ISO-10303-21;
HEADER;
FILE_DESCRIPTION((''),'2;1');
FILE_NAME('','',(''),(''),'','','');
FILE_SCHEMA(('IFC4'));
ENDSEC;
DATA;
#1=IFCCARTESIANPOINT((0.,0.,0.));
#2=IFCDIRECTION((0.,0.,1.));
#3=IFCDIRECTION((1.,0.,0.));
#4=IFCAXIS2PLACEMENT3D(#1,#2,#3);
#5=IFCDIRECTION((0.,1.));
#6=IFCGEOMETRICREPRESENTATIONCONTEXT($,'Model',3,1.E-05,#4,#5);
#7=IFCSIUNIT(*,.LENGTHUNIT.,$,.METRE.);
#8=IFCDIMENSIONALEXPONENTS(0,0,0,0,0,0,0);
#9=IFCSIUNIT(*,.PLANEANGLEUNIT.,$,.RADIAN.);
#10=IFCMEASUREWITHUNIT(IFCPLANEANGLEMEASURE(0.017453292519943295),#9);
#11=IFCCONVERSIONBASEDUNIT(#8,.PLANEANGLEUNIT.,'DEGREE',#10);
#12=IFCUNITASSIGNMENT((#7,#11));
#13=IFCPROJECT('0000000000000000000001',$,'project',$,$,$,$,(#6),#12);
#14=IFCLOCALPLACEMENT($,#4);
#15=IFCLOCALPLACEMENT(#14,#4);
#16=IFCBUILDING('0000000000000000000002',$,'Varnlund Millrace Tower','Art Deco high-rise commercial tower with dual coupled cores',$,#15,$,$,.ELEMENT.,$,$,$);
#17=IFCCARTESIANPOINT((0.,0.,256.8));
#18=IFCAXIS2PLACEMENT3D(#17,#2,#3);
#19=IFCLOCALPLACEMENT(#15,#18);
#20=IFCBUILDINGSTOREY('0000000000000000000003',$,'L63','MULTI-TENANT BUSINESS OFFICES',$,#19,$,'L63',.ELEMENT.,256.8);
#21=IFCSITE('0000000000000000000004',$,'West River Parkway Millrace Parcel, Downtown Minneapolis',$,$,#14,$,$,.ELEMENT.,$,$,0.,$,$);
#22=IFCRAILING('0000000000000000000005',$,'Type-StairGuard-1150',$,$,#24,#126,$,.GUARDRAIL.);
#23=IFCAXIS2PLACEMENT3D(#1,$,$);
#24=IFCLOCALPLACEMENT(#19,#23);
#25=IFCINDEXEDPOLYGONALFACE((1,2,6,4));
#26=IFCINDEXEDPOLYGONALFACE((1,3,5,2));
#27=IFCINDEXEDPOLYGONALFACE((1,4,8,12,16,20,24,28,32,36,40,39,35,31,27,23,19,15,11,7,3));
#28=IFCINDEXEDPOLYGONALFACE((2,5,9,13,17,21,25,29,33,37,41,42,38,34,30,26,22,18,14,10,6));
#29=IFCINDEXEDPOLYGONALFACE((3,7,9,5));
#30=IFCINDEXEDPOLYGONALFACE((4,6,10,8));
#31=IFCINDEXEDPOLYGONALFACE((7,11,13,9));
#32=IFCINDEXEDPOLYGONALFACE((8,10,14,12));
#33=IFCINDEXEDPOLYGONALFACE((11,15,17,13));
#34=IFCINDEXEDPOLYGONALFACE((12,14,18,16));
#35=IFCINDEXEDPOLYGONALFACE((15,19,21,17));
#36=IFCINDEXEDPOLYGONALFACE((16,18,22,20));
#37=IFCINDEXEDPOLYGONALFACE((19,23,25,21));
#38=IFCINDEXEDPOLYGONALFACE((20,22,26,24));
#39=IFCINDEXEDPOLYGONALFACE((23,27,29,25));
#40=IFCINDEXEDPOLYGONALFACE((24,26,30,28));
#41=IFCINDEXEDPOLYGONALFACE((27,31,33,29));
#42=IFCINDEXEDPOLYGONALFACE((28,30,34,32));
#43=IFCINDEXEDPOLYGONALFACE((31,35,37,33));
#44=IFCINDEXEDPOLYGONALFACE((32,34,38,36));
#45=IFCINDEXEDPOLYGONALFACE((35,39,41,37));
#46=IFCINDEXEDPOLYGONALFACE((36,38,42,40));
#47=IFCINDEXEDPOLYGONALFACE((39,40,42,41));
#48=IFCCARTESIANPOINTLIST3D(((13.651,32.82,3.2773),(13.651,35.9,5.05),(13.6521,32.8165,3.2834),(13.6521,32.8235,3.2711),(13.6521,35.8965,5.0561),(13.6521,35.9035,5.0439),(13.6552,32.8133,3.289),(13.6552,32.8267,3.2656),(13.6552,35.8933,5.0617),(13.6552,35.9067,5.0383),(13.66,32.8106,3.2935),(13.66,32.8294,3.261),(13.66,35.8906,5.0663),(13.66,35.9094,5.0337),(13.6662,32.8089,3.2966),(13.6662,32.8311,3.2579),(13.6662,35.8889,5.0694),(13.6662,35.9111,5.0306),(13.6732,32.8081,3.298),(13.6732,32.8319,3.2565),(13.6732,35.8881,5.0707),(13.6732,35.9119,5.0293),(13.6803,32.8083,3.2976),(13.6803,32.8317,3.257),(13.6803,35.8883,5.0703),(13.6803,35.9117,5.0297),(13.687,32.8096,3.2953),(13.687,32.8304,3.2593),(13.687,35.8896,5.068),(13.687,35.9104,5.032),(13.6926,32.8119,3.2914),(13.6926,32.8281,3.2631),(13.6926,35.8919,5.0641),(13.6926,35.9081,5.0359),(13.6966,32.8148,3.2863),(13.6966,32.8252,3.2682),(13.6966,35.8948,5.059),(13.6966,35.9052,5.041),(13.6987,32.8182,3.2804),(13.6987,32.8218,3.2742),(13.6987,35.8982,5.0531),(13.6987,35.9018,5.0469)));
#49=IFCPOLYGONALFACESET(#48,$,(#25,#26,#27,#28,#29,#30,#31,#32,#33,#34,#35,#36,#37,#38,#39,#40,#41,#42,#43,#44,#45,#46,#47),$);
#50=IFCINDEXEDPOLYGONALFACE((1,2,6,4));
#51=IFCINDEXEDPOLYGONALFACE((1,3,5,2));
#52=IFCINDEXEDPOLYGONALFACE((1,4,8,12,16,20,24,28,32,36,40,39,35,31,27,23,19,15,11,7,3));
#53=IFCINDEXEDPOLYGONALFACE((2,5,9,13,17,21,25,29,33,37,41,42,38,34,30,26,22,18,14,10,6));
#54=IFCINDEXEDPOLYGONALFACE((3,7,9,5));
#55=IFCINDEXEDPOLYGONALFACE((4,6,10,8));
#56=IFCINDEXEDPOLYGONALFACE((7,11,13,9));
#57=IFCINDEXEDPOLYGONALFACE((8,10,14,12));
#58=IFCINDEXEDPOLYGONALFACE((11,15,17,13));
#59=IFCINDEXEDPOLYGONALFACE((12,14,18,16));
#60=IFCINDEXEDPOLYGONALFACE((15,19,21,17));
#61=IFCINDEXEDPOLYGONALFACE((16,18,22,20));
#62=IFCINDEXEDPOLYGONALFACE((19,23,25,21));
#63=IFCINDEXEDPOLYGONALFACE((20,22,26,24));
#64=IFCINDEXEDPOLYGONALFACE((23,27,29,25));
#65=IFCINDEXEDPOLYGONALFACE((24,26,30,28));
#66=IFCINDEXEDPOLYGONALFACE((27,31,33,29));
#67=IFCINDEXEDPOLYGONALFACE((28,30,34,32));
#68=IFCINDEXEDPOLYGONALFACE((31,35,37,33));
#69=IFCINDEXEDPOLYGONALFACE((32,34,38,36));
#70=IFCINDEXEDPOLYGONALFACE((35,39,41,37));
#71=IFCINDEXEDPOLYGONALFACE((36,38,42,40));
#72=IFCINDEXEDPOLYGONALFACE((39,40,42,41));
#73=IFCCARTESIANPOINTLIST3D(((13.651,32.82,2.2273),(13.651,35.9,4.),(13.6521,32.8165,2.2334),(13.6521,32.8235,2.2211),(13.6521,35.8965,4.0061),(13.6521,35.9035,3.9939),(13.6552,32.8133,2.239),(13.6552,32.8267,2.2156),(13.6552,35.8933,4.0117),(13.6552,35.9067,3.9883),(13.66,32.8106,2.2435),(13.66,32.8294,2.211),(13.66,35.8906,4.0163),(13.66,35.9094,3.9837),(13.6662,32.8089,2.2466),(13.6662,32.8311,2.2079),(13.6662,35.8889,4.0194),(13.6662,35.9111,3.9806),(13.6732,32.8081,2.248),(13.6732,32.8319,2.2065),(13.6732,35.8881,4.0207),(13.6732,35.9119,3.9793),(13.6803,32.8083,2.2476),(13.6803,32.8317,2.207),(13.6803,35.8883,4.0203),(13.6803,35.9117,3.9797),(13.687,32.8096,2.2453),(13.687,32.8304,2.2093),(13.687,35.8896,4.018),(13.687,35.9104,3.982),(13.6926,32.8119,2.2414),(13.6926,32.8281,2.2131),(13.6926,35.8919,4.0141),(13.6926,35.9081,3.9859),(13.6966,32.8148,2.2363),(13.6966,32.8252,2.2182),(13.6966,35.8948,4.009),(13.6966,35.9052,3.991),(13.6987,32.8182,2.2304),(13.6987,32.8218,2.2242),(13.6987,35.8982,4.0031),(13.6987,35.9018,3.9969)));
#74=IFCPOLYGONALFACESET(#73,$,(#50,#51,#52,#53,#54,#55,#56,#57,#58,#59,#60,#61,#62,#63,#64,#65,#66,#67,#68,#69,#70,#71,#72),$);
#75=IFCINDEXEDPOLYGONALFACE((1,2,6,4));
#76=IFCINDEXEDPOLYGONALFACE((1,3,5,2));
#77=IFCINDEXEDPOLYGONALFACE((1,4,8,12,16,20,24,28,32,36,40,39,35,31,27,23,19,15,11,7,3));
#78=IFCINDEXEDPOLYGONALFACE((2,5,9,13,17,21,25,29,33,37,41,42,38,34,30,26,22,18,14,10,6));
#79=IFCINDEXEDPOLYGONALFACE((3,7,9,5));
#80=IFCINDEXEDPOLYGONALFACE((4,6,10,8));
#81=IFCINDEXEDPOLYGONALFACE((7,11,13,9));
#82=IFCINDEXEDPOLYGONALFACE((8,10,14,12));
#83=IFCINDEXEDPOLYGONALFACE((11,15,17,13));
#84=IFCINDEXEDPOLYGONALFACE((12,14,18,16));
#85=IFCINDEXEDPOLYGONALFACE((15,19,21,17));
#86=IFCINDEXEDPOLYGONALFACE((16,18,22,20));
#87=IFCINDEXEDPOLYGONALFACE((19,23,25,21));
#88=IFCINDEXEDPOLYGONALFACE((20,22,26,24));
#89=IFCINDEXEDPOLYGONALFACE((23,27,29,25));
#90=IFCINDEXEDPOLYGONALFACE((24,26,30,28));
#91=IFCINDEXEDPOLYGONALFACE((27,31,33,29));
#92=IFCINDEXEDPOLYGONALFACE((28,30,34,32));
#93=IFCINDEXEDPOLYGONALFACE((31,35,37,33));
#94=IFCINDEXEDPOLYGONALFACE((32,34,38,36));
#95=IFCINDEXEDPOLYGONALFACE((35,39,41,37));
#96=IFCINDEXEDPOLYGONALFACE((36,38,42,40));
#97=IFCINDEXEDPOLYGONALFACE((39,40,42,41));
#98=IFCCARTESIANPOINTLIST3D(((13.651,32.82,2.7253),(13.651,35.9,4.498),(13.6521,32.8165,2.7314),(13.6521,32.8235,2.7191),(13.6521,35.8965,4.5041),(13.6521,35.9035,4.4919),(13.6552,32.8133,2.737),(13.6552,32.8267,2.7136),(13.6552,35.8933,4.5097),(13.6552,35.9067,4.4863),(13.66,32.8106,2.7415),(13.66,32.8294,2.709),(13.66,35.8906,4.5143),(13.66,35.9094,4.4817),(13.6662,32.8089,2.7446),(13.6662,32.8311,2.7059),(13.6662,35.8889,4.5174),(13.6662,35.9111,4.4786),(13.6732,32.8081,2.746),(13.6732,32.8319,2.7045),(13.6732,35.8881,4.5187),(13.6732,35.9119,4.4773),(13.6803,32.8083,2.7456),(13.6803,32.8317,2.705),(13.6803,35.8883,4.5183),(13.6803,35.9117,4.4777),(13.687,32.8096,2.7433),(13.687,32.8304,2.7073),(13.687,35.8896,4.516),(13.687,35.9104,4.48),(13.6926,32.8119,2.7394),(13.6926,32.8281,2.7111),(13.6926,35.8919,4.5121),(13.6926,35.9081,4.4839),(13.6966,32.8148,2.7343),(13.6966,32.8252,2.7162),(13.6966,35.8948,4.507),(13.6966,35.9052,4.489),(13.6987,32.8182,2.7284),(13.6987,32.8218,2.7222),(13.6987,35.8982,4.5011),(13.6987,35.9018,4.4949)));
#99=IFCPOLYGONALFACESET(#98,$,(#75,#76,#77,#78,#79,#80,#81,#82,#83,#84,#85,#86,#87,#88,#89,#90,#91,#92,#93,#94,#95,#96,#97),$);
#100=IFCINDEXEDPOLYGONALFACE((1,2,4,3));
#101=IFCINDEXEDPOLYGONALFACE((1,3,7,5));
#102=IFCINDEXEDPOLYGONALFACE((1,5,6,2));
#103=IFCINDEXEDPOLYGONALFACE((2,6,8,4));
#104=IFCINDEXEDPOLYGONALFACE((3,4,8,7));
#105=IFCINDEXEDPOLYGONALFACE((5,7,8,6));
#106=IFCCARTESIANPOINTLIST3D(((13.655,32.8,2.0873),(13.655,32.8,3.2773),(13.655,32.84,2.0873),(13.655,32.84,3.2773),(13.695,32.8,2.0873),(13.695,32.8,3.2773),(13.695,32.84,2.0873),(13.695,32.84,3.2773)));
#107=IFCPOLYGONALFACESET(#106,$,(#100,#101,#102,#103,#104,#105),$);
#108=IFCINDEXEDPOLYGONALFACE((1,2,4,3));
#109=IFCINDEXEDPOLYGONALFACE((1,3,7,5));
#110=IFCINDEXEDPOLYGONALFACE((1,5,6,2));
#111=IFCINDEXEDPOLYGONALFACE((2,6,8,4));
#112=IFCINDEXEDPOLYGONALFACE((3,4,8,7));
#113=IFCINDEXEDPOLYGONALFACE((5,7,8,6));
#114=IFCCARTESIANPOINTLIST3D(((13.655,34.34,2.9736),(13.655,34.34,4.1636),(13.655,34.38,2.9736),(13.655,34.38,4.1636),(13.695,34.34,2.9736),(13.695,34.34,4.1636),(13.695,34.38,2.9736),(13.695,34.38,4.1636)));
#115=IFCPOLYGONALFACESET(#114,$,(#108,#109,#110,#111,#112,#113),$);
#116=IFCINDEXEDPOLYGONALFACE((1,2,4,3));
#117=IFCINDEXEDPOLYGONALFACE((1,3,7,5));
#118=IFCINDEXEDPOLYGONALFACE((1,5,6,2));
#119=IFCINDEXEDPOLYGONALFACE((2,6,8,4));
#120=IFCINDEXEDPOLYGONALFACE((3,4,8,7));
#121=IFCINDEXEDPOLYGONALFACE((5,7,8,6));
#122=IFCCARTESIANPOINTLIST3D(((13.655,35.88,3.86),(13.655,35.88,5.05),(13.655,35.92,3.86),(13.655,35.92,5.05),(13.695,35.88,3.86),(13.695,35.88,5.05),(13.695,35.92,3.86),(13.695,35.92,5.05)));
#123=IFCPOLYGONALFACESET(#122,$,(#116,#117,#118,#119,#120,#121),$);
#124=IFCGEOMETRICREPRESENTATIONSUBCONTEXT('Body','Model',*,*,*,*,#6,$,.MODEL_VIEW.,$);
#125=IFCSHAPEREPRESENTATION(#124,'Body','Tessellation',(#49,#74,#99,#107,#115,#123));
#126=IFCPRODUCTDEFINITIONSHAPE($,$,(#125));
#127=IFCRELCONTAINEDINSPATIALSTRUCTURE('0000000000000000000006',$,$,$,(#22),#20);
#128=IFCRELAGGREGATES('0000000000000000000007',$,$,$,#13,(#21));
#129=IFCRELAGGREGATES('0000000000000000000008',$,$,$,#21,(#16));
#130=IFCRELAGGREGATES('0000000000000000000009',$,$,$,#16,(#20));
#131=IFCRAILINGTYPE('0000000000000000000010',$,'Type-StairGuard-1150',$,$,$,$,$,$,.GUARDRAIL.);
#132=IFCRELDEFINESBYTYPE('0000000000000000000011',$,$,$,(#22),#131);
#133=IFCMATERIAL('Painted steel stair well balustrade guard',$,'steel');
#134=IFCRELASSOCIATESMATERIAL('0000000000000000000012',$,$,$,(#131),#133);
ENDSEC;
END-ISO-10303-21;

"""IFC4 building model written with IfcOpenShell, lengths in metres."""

from ifc_helpers import new_model, entity, si_unit, converted_unit, direction, frame, origin_with_axes, origin_2d_with_axis, place, context, subcontext, project, spatial, rectangle, circle, extrude, material, type_object, element, save


model = new_model("IFC4")

# Units and contexts
model_context = context("Model", 3, precision=1e-05, world=origin_with_axes(), true_north=direction((0.0, 1.0)))
body_context = subcontext(model_context, "Body", "Model", "MODEL_VIEW")
ifc_project = project(units=[si_unit("LENGTHUNIT", "METRE"), converted_unit("PLANEANGLEUNIT", "DEGREE", entity("IfcPlaneAngleMeasure", 0.017453292519943295), si_unit("PLANEANGLEUNIT", "RADIAN"), dimensions=[0, 0, 0, 0, 0, 0, 0])], contexts=[model_context])

# Site, building, storey
site_placement = place(None, origin_with_axes())
site = spatial("IfcSite", under=ifc_project, at=site_placement, Name="West River Parkway Millrace Parcel, Downtown Minneapolis", CompositionType="ELEMENT", RefElevation=0.0)
building_placement = place(site_placement, origin_with_axes())
building = spatial("IfcBuilding", under=site, at=building_placement, Name="Varnlund Millrace Tower", Description="Art Deco high-rise commercial tower with dual coupled cores", CompositionType="ELEMENT")
storey_placement = place(building_placement, frame((0.0, 0.0, 256.8), z_axis=(0.0, 0.0, 1.0), x_axis=(1.0, 0.0, 0.0)))
storey = spatial("IfcBuildingStorey", under=building, at=storey_placement, Name="L63", Description="MULTI-TENANT BUSINESS OFFICES", LongName="L63", CompositionType="ELEMENT", Elevation=256.8)

# Railing
ifc_material_1 = material(Name="Painted steel stair well balustrade guard", Category="steel")
railing_type_1 = type_object("IfcRailingType", Name="Type-StairGuard-1150", PredefinedType="GUARDRAIL", material=ifc_material_1)
railing_1_placement = place(storey_placement, frame((0.0, 0.0, -256.8), z_axis=(0.0, 0.0, 1.0), x_axis=(1.0, 0.0, 0.0)))
element("IfcRailing", 1, at=railing_1_placement, inside=storey, type_object=railing_type_1, Name="Type-StairGuard-1150", PredefinedType="GUARDRAIL", context=body_context, shape_type="SweptSolid", body=[
    extrude(circle(Radius=0.024, at=origin_2d_with_axis()), frame((13.675, 32.82, 260.0773), z_axis=(0.0, 0.866696, 0.498836), x_axis=(-1.0, 0.0, 0.0)), (0.0, 0.0, 1.0), 3.5537),
    extrude(circle(Radius=0.024, at=origin_2d_with_axis()), frame((13.675, 32.82, 259.0273), z_axis=(0.0, 0.866696, 0.498836), x_axis=(-1.0, 0.0, 0.0)), (0.0, 0.0, 1.0), 3.5537),
    extrude(circle(Radius=0.024, at=origin_2d_with_axis()), frame((13.675, 32.82, 259.5253), z_axis=(0.0, 0.866696, 0.498836), x_axis=(-1.0, 0.0, 0.0)), (0.0, 0.0, 1.0), 3.5537),
    extrude(rectangle(XDim=0.04, YDim=0.04, at=origin_2d_with_axis()), frame((13.675, 32.82, 258.8873), z_axis=(0.0, 0.0, 1.0), x_axis=(1.0, 0.0, 0.0)), (0.0, 0.0, 1.0), 1.19),
    extrude(rectangle(XDim=0.04, YDim=0.04, at=origin_2d_with_axis()), frame((13.675, 34.36, 259.7736), z_axis=(0.0, 0.0, 1.0), x_axis=(1.0, 0.0, 0.0)), (0.0, 0.0, 1.0), 1.19),
    extrude(rectangle(XDim=0.04, YDim=0.04, at=origin_2d_with_axis()), frame((13.675, 35.9, 260.66), z_axis=(0.0, 0.0, 1.0), x_axis=(1.0, 0.0, 0.0)), (0.0, 0.0, 1.0), 1.19),
])

save(model, "model.ifc")
